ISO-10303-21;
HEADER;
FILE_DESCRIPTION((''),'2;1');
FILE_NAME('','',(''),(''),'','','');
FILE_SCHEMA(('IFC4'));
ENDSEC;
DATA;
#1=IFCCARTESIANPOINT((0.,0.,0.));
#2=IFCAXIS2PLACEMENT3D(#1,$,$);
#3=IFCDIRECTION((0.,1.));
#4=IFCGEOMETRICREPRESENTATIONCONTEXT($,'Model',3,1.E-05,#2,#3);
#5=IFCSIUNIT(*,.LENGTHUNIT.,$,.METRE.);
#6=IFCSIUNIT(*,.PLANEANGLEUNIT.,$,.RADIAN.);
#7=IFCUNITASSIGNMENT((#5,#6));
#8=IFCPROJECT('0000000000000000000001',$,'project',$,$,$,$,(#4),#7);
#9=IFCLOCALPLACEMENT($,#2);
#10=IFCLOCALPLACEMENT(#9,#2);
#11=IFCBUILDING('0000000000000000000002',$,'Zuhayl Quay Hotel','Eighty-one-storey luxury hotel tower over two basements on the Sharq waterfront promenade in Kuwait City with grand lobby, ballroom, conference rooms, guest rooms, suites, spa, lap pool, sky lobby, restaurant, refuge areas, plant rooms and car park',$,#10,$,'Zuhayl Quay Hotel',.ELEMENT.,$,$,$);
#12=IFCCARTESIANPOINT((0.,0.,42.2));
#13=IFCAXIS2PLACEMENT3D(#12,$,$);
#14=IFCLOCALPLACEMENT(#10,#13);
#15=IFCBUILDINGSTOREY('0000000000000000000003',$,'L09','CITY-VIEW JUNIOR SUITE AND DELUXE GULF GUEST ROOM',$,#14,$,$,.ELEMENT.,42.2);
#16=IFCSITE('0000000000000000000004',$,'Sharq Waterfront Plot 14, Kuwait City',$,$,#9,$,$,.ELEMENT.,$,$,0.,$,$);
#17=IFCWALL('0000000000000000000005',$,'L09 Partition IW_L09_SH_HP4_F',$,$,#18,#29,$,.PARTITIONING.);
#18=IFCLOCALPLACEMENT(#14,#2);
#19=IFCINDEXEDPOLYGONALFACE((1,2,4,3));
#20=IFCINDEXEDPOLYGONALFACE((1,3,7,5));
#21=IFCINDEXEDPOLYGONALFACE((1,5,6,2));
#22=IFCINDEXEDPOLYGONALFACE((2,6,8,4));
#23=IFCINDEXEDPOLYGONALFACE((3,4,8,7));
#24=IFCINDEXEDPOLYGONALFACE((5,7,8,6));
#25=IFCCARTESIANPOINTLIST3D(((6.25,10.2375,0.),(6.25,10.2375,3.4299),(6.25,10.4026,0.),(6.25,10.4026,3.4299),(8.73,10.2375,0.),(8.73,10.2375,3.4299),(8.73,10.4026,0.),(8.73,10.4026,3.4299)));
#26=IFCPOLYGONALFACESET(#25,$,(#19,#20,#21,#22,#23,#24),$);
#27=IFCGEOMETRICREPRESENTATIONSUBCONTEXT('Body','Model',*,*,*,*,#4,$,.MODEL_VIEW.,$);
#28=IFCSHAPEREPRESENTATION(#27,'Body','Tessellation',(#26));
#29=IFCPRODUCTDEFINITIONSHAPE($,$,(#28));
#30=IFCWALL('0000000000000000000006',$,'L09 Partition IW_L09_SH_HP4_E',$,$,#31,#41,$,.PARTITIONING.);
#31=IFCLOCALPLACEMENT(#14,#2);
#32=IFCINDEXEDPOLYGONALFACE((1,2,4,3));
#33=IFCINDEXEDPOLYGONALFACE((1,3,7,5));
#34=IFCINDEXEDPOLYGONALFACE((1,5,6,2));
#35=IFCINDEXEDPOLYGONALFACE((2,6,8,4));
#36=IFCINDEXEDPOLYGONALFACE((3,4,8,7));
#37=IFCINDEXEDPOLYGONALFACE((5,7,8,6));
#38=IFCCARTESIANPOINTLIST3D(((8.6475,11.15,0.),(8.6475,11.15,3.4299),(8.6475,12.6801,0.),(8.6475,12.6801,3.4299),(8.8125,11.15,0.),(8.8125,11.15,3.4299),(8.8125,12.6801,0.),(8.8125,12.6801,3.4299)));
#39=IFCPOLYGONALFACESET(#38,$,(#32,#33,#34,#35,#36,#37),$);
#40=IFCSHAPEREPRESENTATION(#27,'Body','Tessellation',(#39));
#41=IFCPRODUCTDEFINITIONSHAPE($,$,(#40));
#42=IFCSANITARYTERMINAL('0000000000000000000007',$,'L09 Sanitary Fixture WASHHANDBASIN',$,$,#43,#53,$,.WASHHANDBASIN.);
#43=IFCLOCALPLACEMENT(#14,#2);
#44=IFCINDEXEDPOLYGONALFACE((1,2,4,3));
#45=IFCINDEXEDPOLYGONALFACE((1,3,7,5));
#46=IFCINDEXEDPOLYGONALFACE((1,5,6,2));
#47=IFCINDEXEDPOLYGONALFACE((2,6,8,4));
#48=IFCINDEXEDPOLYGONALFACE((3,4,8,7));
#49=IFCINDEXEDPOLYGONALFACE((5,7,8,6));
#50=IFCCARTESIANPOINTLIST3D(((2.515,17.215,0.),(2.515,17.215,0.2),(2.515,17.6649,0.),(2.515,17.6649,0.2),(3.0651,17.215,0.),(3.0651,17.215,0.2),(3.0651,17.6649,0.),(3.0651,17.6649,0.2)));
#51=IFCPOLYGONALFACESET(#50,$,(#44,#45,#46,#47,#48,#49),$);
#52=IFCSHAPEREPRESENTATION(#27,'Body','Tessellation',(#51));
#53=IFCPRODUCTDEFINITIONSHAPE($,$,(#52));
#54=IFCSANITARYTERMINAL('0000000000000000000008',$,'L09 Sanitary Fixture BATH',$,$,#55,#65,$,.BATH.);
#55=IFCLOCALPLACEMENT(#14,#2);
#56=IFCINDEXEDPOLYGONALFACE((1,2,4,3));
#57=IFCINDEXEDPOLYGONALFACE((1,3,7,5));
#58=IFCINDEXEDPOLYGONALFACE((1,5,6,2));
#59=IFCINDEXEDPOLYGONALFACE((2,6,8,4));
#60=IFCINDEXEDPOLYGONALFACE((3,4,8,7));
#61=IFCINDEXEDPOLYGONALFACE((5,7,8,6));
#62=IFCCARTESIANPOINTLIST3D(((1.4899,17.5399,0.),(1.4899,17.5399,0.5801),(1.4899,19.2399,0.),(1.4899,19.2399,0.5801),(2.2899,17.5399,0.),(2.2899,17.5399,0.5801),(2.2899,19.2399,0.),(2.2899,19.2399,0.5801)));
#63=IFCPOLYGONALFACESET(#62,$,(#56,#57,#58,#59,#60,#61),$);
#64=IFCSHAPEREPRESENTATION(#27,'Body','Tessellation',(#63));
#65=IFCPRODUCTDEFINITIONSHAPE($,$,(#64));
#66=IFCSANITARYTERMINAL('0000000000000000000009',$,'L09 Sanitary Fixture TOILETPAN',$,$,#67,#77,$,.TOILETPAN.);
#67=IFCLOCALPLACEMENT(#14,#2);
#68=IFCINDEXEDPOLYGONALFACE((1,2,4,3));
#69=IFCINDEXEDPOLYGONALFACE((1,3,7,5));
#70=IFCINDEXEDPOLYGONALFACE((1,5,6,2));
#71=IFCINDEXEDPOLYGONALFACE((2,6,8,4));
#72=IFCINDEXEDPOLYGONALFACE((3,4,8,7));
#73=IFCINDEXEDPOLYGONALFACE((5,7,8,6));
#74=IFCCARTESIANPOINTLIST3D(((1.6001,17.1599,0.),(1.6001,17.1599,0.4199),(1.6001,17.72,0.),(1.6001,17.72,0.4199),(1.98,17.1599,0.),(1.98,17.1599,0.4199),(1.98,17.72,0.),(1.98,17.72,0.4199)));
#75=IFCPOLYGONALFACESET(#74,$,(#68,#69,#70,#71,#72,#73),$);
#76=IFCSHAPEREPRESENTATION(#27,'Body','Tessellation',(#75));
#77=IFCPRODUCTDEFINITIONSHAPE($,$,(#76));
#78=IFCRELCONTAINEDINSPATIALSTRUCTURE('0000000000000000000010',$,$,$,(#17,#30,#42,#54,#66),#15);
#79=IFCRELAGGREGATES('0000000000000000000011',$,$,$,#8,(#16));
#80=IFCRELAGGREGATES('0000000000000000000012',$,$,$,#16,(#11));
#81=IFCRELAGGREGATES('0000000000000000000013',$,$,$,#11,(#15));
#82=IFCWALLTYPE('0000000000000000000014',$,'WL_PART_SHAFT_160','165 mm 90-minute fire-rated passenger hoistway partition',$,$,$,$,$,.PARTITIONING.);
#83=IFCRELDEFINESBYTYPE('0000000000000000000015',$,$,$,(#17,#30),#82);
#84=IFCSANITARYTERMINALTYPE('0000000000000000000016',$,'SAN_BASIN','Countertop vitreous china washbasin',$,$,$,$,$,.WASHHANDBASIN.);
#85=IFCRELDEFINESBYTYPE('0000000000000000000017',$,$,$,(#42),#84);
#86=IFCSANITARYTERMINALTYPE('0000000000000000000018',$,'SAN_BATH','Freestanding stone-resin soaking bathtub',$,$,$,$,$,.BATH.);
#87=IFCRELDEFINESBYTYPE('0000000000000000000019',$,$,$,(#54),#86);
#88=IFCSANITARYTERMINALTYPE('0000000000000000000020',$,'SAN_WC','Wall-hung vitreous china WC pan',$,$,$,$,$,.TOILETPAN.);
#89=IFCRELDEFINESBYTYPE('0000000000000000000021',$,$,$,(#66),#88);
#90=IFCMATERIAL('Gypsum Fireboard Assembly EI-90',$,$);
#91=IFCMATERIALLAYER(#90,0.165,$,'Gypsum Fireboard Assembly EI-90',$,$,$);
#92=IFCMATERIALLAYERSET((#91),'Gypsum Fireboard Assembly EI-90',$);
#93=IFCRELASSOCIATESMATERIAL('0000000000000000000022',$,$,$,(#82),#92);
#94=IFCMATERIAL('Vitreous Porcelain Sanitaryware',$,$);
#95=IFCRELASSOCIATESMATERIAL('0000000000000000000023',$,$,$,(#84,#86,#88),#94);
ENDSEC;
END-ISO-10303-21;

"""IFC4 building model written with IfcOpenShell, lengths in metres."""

from ifc_helpers import new_model, si_unit, direction, frame, frame_2d, origin, origin_2d, place, context, subcontext, project, spatial, rectangle, extrude, material, layer, layer_set, type_object, element, save


model = new_model("IFC4")

# Units and contexts
model_context = context("Model", 3, precision=1e-05, world=origin(), true_north=direction((0.0, 1.0)))
body_context = subcontext(model_context, "Body", "Model", "MODEL_VIEW")
ifc_project = project(units=[si_unit("LENGTHUNIT", "METRE"), si_unit("PLANEANGLEUNIT", "RADIAN")], contexts=[model_context])

# Site, building, storey
site_placement = place(None, origin())
site = spatial("IfcSite", under=ifc_project, at=site_placement, Name="Sharq Waterfront Plot 14, Kuwait City", CompositionType="ELEMENT", RefElevation=0.0)
building_placement = place(site_placement, origin())
building = spatial("IfcBuilding", under=site, at=building_placement, Name="Zuhayl Quay Hotel", Description="Eighty-one-storey luxury hotel tower over two basements on the Sharq waterfront promenade in Kuwait City with grand lobby, ballroom, conference rooms, guest rooms, suites, spa, lap pool, sky lobby, restaurant, refuge areas, plant rooms and car park", LongName="Zuhayl Quay Hotel", CompositionType="ELEMENT")
storey_placement = place(building_placement, frame((0.0, 0.0, 42.2)))
storey = spatial("IfcBuildingStorey", under=building, at=storey_placement, Name="L09", Description="CITY-VIEW JUNIOR SUITE AND DELUXE GULF GUEST ROOM", CompositionType="ELEMENT", Elevation=42.2)

# Walls
ifc_material_1 = material(Name="Gypsum Fireboard Assembly EI-90")
ifc_layer_1 = layer(ifc_material_1, 0.165, Name="Gypsum Fireboard Assembly EI-90")
ifc_layer_set_1 = layer_set([ifc_layer_1], Name="Gypsum Fireboard Assembly EI-90")
wall_type_1 = type_object("IfcWallType", Name="WL_PART_SHAFT_160", Description="165 mm 90-minute fire-rated passenger hoistway partition", PredefinedType="PARTITIONING", material=ifc_layer_set_1)
wall_1_placement = place(storey_placement, frame((6.25, 10.3201, 0.0), z_axis=(0.0, 0.0, 1.0), x_axis=(1.0, 0.0, 0.0)))
element("IfcWall", 1, at=wall_1_placement, inside=storey, type_object=wall_type_1, Name="L09 Partition IW_L09_SH_HP4_F", PredefinedType="PARTITIONING", context=body_context, shape_type="SweptSolid", body=[
    extrude(rectangle(XDim=2.48, YDim=0.165, at=frame_2d((1.24, 0.0))), origin(), (0.0, 0.0, 1.0), 3.4299),
])
wall_2_placement = place(storey_placement, frame((8.73, 11.1499, 0.0), z_axis=(0.0, 0.0, 1.0), x_axis=(0.0, 1.0, 0.0)))
element("IfcWall", 2, at=wall_2_placement, inside=storey, type_object=wall_type_1, Name="L09 Partition IW_L09_SH_HP4_E", PredefinedType="PARTITIONING", context=body_context, shape_type="SweptSolid", body=[
    extrude(rectangle(XDim=1.53, YDim=0.165, at=frame_2d((0.7651, 0.0))), origin(), (0.0, 0.0, 1.0), 3.4299),
])

# Sanitary terminals
ifc_material_2 = material(Name="Vitreous Porcelain Sanitaryware")
sanitary_terminal_type_1 = type_object("IfcSanitaryTerminalType", Name="SAN_BASIN", Description="Countertop vitreous china washbasin", PredefinedType="WASHHANDBASIN", material=ifc_material_2)
sanitary_terminal_1_placement = place(storey_placement, frame((2.79, 17.4399, 0.0), z_axis=(0.0, 0.0, 1.0), x_axis=(1.0, 0.0, 0.0)))
element("IfcSanitaryTerminal", 3, at=sanitary_terminal_1_placement, inside=storey, type_object=sanitary_terminal_type_1, Name="L09 Sanitary Fixture WASHHANDBASIN", PredefinedType="WASHHANDBASIN", context=body_context, shape_type="SweptSolid", body=[
    extrude(rectangle(XDim=0.55, YDim=0.45, at=origin_2d()), origin(), (0.0, 0.0, 1.0), 0.2),
])
sanitary_terminal_type_2 = type_object("IfcSanitaryTerminalType", Name="SAN_BATH", Description="Freestanding stone-resin soaking bathtub", PredefinedType="BATH", material=ifc_material_2)
sanitary_terminal_2_placement = place(storey_placement, frame((1.8899, 18.3899, 0.0), z_axis=(0.0, 0.0, 1.0), x_axis=(1.0, 0.0, 0.0)))
element("IfcSanitaryTerminal", 4, at=sanitary_terminal_2_placement, inside=storey, type_object=sanitary_terminal_type_2, Name="L09 Sanitary Fixture BATH", PredefinedType="BATH", context=body_context, shape_type="SweptSolid", body=[
    extrude(rectangle(XDim=0.8, YDim=1.7, at=origin_2d()), origin(), (0.0, 0.0, 1.0), 0.5801),
])
sanitary_terminal_type_3 = type_object("IfcSanitaryTerminalType", Name="SAN_WC", Description="Wall-hung vitreous china WC pan", PredefinedType="TOILETPAN", material=ifc_material_2)
sanitary_terminal_3_placement = place(storey_placement, frame((1.79, 17.4399, 0.0), z_axis=(0.0, 0.0, 1.0), x_axis=(1.0, 0.0, 0.0)))
element("IfcSanitaryTerminal", 5, at=sanitary_terminal_3_placement, inside=storey, type_object=sanitary_terminal_type_3, Name="L09 Sanitary Fixture TOILETPAN", PredefinedType="TOILETPAN", context=body_context, shape_type="SweptSolid", body=[
    extrude(rectangle(XDim=0.3799, YDim=0.5601, at=origin_2d()), origin(), (0.0, 0.0, 1.0), 0.4199),
])

save(model, "model.ifc")
